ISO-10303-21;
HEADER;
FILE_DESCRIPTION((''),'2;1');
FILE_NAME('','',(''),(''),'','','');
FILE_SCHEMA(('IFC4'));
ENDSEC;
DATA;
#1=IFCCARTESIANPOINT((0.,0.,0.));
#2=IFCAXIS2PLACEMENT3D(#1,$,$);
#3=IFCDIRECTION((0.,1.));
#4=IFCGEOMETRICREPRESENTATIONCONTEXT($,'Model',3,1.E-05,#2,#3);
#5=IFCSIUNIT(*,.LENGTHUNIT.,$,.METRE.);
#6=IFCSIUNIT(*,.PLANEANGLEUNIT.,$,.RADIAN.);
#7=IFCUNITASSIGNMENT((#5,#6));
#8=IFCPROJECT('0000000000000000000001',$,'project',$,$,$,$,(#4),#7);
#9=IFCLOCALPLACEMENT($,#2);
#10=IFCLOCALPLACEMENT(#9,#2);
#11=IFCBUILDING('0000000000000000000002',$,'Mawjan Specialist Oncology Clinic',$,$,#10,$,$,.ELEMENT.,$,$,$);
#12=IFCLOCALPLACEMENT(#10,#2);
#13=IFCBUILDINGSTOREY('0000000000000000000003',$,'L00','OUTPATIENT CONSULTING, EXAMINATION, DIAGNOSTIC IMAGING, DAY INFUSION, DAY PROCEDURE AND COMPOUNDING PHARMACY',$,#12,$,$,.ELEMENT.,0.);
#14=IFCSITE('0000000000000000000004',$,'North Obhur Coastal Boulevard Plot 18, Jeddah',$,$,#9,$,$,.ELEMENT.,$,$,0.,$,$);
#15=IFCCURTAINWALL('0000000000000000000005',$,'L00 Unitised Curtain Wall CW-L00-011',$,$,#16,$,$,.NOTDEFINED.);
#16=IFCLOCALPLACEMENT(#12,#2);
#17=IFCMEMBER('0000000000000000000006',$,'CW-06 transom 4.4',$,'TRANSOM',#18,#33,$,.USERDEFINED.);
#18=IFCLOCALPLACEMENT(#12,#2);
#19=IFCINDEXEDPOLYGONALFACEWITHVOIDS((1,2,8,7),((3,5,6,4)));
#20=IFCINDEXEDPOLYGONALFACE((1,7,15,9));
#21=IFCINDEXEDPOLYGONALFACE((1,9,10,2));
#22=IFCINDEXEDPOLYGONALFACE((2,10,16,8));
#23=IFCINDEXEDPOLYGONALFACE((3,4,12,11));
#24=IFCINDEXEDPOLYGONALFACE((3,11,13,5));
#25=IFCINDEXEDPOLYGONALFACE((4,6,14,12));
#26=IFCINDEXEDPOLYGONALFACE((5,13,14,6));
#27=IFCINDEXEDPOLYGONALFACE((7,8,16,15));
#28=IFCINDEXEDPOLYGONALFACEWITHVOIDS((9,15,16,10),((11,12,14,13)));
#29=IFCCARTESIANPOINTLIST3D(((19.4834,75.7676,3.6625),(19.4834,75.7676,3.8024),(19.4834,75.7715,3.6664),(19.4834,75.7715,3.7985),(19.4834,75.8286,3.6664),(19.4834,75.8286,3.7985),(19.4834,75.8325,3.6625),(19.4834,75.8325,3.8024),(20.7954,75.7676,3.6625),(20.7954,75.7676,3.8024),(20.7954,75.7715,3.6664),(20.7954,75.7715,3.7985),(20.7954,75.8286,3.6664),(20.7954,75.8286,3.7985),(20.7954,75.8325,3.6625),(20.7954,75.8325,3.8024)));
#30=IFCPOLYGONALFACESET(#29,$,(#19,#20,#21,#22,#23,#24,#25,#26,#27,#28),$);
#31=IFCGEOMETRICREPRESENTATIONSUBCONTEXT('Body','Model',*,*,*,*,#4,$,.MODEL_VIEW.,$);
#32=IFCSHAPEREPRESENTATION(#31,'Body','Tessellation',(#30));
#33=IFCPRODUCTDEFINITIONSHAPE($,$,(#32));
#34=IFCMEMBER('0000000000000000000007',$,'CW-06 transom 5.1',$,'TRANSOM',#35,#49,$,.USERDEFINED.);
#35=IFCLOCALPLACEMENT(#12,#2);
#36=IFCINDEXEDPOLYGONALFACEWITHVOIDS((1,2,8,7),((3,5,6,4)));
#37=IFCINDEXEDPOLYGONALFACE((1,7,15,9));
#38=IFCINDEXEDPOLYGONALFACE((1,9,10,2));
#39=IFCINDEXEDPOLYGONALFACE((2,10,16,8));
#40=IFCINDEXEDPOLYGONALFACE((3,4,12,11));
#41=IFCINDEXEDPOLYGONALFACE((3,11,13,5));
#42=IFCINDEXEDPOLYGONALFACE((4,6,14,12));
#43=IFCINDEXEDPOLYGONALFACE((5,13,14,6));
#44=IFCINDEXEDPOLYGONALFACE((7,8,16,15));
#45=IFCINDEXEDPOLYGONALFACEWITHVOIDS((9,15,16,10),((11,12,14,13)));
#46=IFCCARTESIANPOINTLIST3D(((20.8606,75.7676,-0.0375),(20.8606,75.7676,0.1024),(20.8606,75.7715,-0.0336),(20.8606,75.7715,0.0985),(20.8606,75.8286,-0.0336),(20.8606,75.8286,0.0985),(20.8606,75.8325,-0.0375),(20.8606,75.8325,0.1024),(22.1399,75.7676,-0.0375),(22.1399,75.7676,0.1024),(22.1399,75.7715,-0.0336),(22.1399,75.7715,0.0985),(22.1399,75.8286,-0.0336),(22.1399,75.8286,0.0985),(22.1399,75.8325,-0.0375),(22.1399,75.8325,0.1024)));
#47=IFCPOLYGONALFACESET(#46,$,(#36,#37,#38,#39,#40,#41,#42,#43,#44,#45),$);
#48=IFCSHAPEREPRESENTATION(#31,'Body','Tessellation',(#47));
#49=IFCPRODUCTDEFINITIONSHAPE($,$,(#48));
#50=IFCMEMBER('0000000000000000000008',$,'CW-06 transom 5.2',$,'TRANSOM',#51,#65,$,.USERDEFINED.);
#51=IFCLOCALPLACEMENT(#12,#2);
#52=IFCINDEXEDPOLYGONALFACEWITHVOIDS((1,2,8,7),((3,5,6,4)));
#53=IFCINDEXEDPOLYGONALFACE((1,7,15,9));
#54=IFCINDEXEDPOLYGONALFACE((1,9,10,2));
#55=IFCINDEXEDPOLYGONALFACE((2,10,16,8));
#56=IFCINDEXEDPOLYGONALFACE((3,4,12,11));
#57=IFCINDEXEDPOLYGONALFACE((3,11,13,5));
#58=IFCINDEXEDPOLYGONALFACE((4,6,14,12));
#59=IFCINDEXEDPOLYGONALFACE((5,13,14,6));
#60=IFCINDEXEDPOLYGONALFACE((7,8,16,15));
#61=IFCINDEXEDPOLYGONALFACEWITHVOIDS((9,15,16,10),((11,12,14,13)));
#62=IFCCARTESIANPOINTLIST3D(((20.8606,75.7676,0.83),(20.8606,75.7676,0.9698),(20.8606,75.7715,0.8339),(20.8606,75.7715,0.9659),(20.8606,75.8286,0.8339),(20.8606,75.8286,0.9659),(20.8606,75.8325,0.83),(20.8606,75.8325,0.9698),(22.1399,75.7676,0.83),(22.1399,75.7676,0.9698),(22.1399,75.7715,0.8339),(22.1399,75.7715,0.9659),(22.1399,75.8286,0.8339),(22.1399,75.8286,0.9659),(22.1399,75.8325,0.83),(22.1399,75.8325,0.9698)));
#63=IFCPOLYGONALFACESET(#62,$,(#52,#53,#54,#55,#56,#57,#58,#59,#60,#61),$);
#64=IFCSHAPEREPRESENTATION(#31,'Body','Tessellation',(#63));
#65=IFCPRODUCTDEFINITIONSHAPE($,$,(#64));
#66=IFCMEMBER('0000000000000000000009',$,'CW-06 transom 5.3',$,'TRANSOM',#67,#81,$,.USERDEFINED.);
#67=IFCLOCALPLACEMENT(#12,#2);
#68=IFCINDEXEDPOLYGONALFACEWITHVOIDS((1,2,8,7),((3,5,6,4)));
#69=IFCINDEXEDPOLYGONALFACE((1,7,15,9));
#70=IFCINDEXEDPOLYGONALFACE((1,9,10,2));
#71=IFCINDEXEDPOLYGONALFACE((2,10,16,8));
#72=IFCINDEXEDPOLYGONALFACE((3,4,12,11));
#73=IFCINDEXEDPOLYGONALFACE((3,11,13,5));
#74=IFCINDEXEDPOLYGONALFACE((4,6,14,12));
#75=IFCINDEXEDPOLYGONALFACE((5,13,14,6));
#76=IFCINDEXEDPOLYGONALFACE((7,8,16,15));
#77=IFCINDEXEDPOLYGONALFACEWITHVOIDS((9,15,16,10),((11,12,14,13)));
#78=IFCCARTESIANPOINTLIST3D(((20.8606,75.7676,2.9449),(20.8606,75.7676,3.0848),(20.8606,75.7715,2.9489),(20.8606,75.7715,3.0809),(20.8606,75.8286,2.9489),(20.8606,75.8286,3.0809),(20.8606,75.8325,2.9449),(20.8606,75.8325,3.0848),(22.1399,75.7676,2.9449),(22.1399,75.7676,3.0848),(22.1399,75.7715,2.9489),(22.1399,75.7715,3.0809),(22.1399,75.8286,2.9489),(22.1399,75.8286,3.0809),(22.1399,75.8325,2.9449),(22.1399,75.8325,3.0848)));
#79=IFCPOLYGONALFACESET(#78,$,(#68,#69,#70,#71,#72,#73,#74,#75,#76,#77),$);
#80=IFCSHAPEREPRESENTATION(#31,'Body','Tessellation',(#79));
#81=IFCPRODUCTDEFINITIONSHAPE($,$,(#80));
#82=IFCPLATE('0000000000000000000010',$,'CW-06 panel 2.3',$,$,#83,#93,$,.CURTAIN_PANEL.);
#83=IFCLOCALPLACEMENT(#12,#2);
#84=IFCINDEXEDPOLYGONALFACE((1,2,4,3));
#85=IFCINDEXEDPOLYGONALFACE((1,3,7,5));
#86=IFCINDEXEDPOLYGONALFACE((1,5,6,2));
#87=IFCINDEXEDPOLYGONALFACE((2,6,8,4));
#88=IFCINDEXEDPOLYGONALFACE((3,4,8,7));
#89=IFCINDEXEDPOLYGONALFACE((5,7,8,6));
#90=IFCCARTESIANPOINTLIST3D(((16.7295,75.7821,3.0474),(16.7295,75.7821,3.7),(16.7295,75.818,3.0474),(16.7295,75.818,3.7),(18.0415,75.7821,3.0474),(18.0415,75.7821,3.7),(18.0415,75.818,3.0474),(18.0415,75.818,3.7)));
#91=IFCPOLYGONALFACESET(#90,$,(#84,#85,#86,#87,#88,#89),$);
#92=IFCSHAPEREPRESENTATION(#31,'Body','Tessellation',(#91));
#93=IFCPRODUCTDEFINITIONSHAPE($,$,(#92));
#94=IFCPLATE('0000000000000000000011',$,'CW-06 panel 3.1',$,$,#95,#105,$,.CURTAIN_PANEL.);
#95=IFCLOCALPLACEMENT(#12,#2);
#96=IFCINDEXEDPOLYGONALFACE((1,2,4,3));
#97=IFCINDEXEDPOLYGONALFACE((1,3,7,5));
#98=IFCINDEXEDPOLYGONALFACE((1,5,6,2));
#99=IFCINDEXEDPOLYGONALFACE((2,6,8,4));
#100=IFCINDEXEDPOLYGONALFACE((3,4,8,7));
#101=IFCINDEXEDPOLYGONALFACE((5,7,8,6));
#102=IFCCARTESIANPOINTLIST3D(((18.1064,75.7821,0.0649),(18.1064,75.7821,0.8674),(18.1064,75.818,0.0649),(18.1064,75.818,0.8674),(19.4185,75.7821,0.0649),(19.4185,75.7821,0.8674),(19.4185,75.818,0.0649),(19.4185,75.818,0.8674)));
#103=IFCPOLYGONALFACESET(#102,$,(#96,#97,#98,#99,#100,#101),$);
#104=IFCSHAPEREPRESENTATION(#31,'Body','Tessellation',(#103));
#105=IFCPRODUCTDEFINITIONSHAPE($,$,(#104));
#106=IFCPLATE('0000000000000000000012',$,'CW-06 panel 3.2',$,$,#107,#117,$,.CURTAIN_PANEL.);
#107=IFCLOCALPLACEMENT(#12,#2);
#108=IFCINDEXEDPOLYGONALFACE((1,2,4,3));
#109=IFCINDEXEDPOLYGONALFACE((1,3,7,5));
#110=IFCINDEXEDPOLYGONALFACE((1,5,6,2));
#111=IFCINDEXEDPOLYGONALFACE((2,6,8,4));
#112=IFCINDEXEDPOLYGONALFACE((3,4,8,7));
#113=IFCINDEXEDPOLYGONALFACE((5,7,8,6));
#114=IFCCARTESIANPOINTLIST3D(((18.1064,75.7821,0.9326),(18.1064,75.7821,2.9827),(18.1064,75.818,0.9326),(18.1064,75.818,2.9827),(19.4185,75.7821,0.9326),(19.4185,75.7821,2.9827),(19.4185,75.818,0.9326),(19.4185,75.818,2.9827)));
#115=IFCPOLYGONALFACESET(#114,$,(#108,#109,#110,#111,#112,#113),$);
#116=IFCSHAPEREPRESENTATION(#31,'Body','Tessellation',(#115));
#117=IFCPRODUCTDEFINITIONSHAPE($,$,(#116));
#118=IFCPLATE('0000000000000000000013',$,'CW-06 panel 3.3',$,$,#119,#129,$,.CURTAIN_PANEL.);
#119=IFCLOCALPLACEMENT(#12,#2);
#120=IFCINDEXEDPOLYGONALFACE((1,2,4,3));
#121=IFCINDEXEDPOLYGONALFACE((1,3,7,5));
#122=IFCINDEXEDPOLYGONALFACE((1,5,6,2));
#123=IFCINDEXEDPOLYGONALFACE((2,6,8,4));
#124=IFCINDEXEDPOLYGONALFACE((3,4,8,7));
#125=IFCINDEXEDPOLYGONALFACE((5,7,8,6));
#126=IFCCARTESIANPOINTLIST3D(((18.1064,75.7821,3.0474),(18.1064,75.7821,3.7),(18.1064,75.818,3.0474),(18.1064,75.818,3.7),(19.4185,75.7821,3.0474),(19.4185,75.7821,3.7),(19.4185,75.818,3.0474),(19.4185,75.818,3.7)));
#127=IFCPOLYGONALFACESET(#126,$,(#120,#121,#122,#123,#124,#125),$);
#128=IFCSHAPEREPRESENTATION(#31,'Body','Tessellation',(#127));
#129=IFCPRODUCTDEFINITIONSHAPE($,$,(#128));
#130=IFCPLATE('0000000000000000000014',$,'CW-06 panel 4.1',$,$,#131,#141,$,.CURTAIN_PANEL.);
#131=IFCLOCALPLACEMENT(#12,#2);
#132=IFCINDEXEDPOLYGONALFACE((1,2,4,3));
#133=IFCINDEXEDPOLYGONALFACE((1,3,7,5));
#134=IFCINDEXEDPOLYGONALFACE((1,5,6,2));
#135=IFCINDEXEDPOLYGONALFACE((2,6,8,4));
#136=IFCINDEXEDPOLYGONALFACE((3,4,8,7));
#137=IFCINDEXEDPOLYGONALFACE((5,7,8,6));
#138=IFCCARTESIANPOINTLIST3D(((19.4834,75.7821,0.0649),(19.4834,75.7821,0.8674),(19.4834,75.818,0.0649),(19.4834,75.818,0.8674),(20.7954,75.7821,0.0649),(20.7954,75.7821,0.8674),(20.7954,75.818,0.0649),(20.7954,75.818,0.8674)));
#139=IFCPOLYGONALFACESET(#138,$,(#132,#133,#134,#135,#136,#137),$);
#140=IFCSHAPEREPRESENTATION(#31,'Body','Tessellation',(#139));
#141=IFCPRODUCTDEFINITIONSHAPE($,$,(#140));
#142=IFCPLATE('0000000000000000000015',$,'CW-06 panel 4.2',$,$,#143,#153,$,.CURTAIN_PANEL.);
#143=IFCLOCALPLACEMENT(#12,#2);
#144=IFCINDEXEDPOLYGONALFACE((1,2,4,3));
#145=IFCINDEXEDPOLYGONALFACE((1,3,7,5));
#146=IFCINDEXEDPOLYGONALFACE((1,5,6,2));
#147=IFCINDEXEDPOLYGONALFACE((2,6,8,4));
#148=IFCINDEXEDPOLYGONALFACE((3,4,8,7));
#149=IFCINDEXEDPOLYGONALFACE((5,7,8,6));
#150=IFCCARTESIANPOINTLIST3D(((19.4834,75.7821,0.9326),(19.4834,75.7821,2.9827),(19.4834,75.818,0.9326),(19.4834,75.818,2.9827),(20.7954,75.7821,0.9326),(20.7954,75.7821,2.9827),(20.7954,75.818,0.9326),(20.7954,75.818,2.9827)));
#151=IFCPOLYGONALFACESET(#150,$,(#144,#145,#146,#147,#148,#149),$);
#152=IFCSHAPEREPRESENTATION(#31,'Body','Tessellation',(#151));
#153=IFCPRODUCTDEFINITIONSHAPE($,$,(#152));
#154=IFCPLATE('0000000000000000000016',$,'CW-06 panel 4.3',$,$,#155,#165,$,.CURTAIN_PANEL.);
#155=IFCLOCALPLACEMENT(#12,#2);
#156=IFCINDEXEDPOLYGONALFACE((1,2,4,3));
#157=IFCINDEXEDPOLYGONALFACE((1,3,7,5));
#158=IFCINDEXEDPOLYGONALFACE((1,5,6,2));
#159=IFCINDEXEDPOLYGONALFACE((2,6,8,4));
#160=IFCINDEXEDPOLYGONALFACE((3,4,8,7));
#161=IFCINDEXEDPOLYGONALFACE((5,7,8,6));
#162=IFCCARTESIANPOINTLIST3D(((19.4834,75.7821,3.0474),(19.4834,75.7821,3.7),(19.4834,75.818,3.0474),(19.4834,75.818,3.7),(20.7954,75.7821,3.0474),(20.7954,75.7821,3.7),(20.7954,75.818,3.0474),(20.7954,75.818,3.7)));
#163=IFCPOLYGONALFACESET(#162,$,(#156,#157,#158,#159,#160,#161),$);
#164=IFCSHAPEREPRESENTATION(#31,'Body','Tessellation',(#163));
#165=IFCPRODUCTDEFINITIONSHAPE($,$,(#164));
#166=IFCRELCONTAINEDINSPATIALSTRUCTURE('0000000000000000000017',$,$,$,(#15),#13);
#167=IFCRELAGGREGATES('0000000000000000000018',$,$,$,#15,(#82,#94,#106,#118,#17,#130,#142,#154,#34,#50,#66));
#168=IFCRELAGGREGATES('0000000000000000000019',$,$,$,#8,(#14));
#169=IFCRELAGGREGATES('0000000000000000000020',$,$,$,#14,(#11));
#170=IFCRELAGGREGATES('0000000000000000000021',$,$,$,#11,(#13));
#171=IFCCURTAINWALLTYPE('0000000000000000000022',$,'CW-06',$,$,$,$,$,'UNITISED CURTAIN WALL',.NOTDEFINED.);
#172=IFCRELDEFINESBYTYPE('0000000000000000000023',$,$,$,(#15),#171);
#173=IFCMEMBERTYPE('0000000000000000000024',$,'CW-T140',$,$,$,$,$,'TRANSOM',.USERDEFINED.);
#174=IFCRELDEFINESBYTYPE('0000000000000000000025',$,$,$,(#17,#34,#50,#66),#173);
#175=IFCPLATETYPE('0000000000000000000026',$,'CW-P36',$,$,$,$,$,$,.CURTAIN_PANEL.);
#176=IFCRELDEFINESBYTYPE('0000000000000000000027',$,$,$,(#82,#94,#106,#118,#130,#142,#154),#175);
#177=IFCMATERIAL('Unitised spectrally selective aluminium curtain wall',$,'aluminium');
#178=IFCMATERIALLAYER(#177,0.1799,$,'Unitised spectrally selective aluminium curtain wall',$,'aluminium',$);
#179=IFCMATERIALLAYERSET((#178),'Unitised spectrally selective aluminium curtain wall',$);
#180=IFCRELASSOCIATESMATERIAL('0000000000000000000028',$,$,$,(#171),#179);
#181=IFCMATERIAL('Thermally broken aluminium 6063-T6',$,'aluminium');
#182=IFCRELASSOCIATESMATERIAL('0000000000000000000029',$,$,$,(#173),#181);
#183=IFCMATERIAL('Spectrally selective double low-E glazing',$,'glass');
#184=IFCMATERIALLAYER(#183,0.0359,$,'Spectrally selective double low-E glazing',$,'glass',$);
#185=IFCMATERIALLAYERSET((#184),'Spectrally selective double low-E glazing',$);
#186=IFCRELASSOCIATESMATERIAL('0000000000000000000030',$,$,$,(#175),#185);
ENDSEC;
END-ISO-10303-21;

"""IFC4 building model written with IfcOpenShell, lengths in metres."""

from ifc_helpers import new_model, si_unit, direction, frame, origin, origin_2d, place, context, subcontext, project, spatial, rectangle, hollow_rectangle, extrude, material, layer, layer_set, material_profile, profile_set, type_object, element, aggregate, save


model = new_model("IFC4")

# Units and contexts
model_context = context("Model", 3, precision=1e-05, world=origin(), true_north=direction((0.0, 1.0)))
body_context = subcontext(model_context, "Body", "Model", "MODEL_VIEW")
ifc_project = project(units=[si_unit("LENGTHUNIT", "METRE"), si_unit("PLANEANGLEUNIT", "RADIAN")], contexts=[model_context])

# Site, building, storey
site_placement = place(None, origin())
site = spatial("IfcSite", under=ifc_project, at=site_placement, Name="North Obhur Coastal Boulevard Plot 18, Jeddah", CompositionType="ELEMENT", RefElevation=0.0)
building_placement = place(site_placement, origin())
building = spatial("IfcBuilding", under=site, at=building_placement, Name="Mawjan Specialist Oncology Clinic", CompositionType="ELEMENT")
storey_placement = place(building_placement, origin())
storey = spatial("IfcBuildingStorey", under=building, at=storey_placement, Name="L00", Description="OUTPATIENT CONSULTING, EXAMINATION, DIAGNOSTIC IMAGING, DAY INFUSION, DAY PROCEDURE AND COMPOUNDING PHARMACY", CompositionType="ELEMENT", Elevation=0.0)

# Curtain wall, members, plates
ifc_material_1 = material(Name="Unitised spectrally selective aluminium curtain wall", Category="aluminium")
ifc_layer_1 = layer(ifc_material_1, 0.1799, Name="Unitised spectrally selective aluminium curtain wall", Category="aluminium")
ifc_layer_set_1 = layer_set([ifc_layer_1], Name="Unitised spectrally selective aluminium curtain wall")
curtain_wall_type = type_object("IfcCurtainWallType", Name="CW-06", ElementType="UNITISED CURTAIN WALL", PredefinedType="NOTDEFINED", material=ifc_layer_set_1)
curtain_wall_placement = place(storey_placement, origin())
curtain_wall = element("IfcCurtainWall", 1, at=curtain_wall_placement, inside=storey, type_object=curtain_wall_type, Name="L00 Unitised Curtain Wall CW-L00-011", PredefinedType="NOTDEFINED")
ifc_material_2 = material(Name="Thermally broken aluminium 6063-T6", Category="aluminium")
ifc_material_profile_1 = material_profile(ifc_material_2, hollow_rectangle(XDim=0.0649, YDim=0.1399, WallThickness=0.0039, at=origin_2d()), Name="ALU TRANSOM 140x65x4", Category="aluminium")
ifc_profile_set_1 = profile_set([ifc_material_profile_1], Name="Thermally broken aluminium 6063-T6")
member_type_1 = type_object("IfcMemberType", Name="CW-T140", ElementType="TRANSOM", PredefinedType="USERDEFINED", material=ifc_profile_set_1)
member_1_placement = place(storey_placement, frame((19.4834, 75.8, 3.7324), z_axis=(1.0, 0.0, 0.0), x_axis=(0.0, 1.0, 0.0)))
member_1 = element("IfcMember", 2, at=member_1_placement, type_object=member_type_1, Name="CW-06 transom 4.4", ObjectType="TRANSOM", PredefinedType="USERDEFINED", context=body_context, shape_type="SweptSolid", body=[
    extrude(hollow_rectangle(XDim=0.0649, YDim=0.1399, WallThickness=0.0039, at=origin_2d()), origin(), (0.0, 0.0, 1.0), 1.312),
])
member_2_placement = place(storey_placement, frame((20.8606, 75.8, 0.0325), z_axis=(1.0, 0.0, 0.0), x_axis=(0.0, 1.0, 0.0)))
member_2 = element("IfcMember", 3, at=member_2_placement, type_object=member_type_1, Name="CW-06 transom 5.1", ObjectType="TRANSOM", PredefinedType="USERDEFINED", context=body_context, shape_type="SweptSolid", body=[
    extrude(hollow_rectangle(XDim=0.0649, YDim=0.1399, WallThickness=0.0039, at=origin_2d()), origin(), (0.0, 0.0, 1.0), 1.2793),
])
member_3_placement = place(storey_placement, frame((20.8606, 75.8, 0.8999), z_axis=(1.0, 0.0, 0.0), x_axis=(0.0, 1.0, 0.0)))
member_3 = element("IfcMember", 4, at=member_3_placement, type_object=member_type_1, Name="CW-06 transom 5.2", ObjectType="TRANSOM", PredefinedType="USERDEFINED", context=body_context, shape_type="SweptSolid", body=[
    extrude(hollow_rectangle(XDim=0.0649, YDim=0.1399, WallThickness=0.0039, at=origin_2d()), origin(), (0.0, 0.0, 1.0), 1.2793),
])
member_4_placement = place(storey_placement, frame((20.8606, 75.8, 3.0149), z_axis=(1.0, 0.0, 0.0), x_axis=(0.0, 1.0, 0.0)))
member_4 = element("IfcMember", 5, at=member_4_placement, type_object=member_type_1, Name="CW-06 transom 5.3", ObjectType="TRANSOM", PredefinedType="USERDEFINED", context=body_context, shape_type="SweptSolid", body=[
    extrude(hollow_rectangle(XDim=0.0649, YDim=0.1399, WallThickness=0.0039, at=origin_2d()), origin(), (0.0, 0.0, 1.0), 1.2793),
])
ifc_material_3 = material(Name="Spectrally selective double low-E glazing", Category="glass")
ifc_layer_2 = layer(ifc_material_3, 0.0359, Name="Spectrally selective double low-E glazing", Category="glass")
ifc_layer_set_2 = layer_set([ifc_layer_2], Name="Spectrally selective double low-E glazing")
plate_type = type_object("IfcPlateType", Name="CW-P36", PredefinedType="CURTAIN_PANEL", material=ifc_layer_set_2)
plate_1_placement = place(storey_placement, frame((17.3855, 75.8, 3.0474), z_axis=(0.0, 0.0, 1.0), x_axis=(1.0, 0.0, 0.0)))
plate_1 = element("IfcPlate", 6, at=plate_1_placement, type_object=plate_type, Name="CW-06 panel 2.3", PredefinedType="CURTAIN_PANEL", context=body_context, shape_type="SweptSolid", body=[
    extrude(rectangle(XDim=1.312, YDim=0.0359, at=origin_2d()), origin(), (0.0, 0.0, 1.0), 0.6526),
])
plate_2_placement = place(storey_placement, frame((18.7625, 75.8, 0.0649), z_axis=(0.0, 0.0, 1.0), x_axis=(1.0, 0.0, 0.0)))
plate_2 = element("IfcPlate", 7, at=plate_2_placement, type_object=plate_type, Name="CW-06 panel 3.1", PredefinedType="CURTAIN_PANEL", context=body_context, shape_type="SweptSolid", body=[
    extrude(rectangle(XDim=1.312, YDim=0.0359, at=origin_2d()), origin(), (0.0, 0.0, 1.0), 0.8025),
])
plate_3_placement = place(storey_placement, frame((18.7625, 75.8, 0.9326), z_axis=(0.0, 0.0, 1.0), x_axis=(1.0, 0.0, 0.0)))
plate_3 = element("IfcPlate", 8, at=plate_3_placement, type_object=plate_type, Name="CW-06 panel 3.2", PredefinedType="CURTAIN_PANEL", context=body_context, shape_type="SweptSolid", body=[
    extrude(rectangle(XDim=1.312, YDim=0.0359, at=origin_2d()), origin(), (0.0, 0.0, 1.0), 2.05),
])
plate_4_placement = place(storey_placement, frame((18.7625, 75.8, 3.0474), z_axis=(0.0, 0.0, 1.0), x_axis=(1.0, 0.0, 0.0)))
plate_4 = element("IfcPlate", 9, at=plate_4_placement, type_object=plate_type, Name="CW-06 panel 3.3", PredefinedType="CURTAIN_PANEL", context=body_context, shape_type="SweptSolid", body=[
    extrude(rectangle(XDim=1.312, YDim=0.0359, at=origin_2d()), origin(), (0.0, 0.0, 1.0), 0.6526),
])
plate_5_placement = place(storey_placement, frame((20.1394, 75.8, 0.0649), z_axis=(0.0, 0.0, 1.0), x_axis=(1.0, 0.0, 0.0)))
plate_5 = element("IfcPlate", 10, at=plate_5_placement, type_object=plate_type, Name="CW-06 panel 4.1", PredefinedType="CURTAIN_PANEL", context=body_context, shape_type="SweptSolid", body=[
    extrude(rectangle(XDim=1.312, YDim=0.0359, at=origin_2d()), origin(), (0.0, 0.0, 1.0), 0.8025),
])
plate_6_placement = place(storey_placement, frame((20.1394, 75.8, 0.9326), z_axis=(0.0, 0.0, 1.0), x_axis=(1.0, 0.0, 0.0)))
plate_6 = element("IfcPlate", 11, at=plate_6_placement, type_object=plate_type, Name="CW-06 panel 4.2", PredefinedType="CURTAIN_PANEL", context=body_context, shape_type="SweptSolid", body=[
    extrude(rectangle(XDim=1.312, YDim=0.0359, at=origin_2d()), origin(), (0.0, 0.0, 1.0), 2.05),
])
plate_7_placement = place(storey_placement, frame((20.1394, 75.8, 3.0474), z_axis=(0.0, 0.0, 1.0), x_axis=(1.0, 0.0, 0.0)))
plate_7 = element("IfcPlate", 12, at=plate_7_placement, type_object=plate_type, Name="CW-06 panel 4.3", PredefinedType="CURTAIN_PANEL", context=body_context, shape_type="SweptSolid", body=[
    extrude(rectangle(XDim=1.312, YDim=0.0359, at=origin_2d()), origin(), (0.0, 0.0, 1.0), 0.6526),
])
aggregate(curtain_wall, [plate_1, plate_2, plate_3, plate_4, member_1, plate_5, plate_6, plate_7, member_2, member_3, member_4])

save(model, "model.ifc")
